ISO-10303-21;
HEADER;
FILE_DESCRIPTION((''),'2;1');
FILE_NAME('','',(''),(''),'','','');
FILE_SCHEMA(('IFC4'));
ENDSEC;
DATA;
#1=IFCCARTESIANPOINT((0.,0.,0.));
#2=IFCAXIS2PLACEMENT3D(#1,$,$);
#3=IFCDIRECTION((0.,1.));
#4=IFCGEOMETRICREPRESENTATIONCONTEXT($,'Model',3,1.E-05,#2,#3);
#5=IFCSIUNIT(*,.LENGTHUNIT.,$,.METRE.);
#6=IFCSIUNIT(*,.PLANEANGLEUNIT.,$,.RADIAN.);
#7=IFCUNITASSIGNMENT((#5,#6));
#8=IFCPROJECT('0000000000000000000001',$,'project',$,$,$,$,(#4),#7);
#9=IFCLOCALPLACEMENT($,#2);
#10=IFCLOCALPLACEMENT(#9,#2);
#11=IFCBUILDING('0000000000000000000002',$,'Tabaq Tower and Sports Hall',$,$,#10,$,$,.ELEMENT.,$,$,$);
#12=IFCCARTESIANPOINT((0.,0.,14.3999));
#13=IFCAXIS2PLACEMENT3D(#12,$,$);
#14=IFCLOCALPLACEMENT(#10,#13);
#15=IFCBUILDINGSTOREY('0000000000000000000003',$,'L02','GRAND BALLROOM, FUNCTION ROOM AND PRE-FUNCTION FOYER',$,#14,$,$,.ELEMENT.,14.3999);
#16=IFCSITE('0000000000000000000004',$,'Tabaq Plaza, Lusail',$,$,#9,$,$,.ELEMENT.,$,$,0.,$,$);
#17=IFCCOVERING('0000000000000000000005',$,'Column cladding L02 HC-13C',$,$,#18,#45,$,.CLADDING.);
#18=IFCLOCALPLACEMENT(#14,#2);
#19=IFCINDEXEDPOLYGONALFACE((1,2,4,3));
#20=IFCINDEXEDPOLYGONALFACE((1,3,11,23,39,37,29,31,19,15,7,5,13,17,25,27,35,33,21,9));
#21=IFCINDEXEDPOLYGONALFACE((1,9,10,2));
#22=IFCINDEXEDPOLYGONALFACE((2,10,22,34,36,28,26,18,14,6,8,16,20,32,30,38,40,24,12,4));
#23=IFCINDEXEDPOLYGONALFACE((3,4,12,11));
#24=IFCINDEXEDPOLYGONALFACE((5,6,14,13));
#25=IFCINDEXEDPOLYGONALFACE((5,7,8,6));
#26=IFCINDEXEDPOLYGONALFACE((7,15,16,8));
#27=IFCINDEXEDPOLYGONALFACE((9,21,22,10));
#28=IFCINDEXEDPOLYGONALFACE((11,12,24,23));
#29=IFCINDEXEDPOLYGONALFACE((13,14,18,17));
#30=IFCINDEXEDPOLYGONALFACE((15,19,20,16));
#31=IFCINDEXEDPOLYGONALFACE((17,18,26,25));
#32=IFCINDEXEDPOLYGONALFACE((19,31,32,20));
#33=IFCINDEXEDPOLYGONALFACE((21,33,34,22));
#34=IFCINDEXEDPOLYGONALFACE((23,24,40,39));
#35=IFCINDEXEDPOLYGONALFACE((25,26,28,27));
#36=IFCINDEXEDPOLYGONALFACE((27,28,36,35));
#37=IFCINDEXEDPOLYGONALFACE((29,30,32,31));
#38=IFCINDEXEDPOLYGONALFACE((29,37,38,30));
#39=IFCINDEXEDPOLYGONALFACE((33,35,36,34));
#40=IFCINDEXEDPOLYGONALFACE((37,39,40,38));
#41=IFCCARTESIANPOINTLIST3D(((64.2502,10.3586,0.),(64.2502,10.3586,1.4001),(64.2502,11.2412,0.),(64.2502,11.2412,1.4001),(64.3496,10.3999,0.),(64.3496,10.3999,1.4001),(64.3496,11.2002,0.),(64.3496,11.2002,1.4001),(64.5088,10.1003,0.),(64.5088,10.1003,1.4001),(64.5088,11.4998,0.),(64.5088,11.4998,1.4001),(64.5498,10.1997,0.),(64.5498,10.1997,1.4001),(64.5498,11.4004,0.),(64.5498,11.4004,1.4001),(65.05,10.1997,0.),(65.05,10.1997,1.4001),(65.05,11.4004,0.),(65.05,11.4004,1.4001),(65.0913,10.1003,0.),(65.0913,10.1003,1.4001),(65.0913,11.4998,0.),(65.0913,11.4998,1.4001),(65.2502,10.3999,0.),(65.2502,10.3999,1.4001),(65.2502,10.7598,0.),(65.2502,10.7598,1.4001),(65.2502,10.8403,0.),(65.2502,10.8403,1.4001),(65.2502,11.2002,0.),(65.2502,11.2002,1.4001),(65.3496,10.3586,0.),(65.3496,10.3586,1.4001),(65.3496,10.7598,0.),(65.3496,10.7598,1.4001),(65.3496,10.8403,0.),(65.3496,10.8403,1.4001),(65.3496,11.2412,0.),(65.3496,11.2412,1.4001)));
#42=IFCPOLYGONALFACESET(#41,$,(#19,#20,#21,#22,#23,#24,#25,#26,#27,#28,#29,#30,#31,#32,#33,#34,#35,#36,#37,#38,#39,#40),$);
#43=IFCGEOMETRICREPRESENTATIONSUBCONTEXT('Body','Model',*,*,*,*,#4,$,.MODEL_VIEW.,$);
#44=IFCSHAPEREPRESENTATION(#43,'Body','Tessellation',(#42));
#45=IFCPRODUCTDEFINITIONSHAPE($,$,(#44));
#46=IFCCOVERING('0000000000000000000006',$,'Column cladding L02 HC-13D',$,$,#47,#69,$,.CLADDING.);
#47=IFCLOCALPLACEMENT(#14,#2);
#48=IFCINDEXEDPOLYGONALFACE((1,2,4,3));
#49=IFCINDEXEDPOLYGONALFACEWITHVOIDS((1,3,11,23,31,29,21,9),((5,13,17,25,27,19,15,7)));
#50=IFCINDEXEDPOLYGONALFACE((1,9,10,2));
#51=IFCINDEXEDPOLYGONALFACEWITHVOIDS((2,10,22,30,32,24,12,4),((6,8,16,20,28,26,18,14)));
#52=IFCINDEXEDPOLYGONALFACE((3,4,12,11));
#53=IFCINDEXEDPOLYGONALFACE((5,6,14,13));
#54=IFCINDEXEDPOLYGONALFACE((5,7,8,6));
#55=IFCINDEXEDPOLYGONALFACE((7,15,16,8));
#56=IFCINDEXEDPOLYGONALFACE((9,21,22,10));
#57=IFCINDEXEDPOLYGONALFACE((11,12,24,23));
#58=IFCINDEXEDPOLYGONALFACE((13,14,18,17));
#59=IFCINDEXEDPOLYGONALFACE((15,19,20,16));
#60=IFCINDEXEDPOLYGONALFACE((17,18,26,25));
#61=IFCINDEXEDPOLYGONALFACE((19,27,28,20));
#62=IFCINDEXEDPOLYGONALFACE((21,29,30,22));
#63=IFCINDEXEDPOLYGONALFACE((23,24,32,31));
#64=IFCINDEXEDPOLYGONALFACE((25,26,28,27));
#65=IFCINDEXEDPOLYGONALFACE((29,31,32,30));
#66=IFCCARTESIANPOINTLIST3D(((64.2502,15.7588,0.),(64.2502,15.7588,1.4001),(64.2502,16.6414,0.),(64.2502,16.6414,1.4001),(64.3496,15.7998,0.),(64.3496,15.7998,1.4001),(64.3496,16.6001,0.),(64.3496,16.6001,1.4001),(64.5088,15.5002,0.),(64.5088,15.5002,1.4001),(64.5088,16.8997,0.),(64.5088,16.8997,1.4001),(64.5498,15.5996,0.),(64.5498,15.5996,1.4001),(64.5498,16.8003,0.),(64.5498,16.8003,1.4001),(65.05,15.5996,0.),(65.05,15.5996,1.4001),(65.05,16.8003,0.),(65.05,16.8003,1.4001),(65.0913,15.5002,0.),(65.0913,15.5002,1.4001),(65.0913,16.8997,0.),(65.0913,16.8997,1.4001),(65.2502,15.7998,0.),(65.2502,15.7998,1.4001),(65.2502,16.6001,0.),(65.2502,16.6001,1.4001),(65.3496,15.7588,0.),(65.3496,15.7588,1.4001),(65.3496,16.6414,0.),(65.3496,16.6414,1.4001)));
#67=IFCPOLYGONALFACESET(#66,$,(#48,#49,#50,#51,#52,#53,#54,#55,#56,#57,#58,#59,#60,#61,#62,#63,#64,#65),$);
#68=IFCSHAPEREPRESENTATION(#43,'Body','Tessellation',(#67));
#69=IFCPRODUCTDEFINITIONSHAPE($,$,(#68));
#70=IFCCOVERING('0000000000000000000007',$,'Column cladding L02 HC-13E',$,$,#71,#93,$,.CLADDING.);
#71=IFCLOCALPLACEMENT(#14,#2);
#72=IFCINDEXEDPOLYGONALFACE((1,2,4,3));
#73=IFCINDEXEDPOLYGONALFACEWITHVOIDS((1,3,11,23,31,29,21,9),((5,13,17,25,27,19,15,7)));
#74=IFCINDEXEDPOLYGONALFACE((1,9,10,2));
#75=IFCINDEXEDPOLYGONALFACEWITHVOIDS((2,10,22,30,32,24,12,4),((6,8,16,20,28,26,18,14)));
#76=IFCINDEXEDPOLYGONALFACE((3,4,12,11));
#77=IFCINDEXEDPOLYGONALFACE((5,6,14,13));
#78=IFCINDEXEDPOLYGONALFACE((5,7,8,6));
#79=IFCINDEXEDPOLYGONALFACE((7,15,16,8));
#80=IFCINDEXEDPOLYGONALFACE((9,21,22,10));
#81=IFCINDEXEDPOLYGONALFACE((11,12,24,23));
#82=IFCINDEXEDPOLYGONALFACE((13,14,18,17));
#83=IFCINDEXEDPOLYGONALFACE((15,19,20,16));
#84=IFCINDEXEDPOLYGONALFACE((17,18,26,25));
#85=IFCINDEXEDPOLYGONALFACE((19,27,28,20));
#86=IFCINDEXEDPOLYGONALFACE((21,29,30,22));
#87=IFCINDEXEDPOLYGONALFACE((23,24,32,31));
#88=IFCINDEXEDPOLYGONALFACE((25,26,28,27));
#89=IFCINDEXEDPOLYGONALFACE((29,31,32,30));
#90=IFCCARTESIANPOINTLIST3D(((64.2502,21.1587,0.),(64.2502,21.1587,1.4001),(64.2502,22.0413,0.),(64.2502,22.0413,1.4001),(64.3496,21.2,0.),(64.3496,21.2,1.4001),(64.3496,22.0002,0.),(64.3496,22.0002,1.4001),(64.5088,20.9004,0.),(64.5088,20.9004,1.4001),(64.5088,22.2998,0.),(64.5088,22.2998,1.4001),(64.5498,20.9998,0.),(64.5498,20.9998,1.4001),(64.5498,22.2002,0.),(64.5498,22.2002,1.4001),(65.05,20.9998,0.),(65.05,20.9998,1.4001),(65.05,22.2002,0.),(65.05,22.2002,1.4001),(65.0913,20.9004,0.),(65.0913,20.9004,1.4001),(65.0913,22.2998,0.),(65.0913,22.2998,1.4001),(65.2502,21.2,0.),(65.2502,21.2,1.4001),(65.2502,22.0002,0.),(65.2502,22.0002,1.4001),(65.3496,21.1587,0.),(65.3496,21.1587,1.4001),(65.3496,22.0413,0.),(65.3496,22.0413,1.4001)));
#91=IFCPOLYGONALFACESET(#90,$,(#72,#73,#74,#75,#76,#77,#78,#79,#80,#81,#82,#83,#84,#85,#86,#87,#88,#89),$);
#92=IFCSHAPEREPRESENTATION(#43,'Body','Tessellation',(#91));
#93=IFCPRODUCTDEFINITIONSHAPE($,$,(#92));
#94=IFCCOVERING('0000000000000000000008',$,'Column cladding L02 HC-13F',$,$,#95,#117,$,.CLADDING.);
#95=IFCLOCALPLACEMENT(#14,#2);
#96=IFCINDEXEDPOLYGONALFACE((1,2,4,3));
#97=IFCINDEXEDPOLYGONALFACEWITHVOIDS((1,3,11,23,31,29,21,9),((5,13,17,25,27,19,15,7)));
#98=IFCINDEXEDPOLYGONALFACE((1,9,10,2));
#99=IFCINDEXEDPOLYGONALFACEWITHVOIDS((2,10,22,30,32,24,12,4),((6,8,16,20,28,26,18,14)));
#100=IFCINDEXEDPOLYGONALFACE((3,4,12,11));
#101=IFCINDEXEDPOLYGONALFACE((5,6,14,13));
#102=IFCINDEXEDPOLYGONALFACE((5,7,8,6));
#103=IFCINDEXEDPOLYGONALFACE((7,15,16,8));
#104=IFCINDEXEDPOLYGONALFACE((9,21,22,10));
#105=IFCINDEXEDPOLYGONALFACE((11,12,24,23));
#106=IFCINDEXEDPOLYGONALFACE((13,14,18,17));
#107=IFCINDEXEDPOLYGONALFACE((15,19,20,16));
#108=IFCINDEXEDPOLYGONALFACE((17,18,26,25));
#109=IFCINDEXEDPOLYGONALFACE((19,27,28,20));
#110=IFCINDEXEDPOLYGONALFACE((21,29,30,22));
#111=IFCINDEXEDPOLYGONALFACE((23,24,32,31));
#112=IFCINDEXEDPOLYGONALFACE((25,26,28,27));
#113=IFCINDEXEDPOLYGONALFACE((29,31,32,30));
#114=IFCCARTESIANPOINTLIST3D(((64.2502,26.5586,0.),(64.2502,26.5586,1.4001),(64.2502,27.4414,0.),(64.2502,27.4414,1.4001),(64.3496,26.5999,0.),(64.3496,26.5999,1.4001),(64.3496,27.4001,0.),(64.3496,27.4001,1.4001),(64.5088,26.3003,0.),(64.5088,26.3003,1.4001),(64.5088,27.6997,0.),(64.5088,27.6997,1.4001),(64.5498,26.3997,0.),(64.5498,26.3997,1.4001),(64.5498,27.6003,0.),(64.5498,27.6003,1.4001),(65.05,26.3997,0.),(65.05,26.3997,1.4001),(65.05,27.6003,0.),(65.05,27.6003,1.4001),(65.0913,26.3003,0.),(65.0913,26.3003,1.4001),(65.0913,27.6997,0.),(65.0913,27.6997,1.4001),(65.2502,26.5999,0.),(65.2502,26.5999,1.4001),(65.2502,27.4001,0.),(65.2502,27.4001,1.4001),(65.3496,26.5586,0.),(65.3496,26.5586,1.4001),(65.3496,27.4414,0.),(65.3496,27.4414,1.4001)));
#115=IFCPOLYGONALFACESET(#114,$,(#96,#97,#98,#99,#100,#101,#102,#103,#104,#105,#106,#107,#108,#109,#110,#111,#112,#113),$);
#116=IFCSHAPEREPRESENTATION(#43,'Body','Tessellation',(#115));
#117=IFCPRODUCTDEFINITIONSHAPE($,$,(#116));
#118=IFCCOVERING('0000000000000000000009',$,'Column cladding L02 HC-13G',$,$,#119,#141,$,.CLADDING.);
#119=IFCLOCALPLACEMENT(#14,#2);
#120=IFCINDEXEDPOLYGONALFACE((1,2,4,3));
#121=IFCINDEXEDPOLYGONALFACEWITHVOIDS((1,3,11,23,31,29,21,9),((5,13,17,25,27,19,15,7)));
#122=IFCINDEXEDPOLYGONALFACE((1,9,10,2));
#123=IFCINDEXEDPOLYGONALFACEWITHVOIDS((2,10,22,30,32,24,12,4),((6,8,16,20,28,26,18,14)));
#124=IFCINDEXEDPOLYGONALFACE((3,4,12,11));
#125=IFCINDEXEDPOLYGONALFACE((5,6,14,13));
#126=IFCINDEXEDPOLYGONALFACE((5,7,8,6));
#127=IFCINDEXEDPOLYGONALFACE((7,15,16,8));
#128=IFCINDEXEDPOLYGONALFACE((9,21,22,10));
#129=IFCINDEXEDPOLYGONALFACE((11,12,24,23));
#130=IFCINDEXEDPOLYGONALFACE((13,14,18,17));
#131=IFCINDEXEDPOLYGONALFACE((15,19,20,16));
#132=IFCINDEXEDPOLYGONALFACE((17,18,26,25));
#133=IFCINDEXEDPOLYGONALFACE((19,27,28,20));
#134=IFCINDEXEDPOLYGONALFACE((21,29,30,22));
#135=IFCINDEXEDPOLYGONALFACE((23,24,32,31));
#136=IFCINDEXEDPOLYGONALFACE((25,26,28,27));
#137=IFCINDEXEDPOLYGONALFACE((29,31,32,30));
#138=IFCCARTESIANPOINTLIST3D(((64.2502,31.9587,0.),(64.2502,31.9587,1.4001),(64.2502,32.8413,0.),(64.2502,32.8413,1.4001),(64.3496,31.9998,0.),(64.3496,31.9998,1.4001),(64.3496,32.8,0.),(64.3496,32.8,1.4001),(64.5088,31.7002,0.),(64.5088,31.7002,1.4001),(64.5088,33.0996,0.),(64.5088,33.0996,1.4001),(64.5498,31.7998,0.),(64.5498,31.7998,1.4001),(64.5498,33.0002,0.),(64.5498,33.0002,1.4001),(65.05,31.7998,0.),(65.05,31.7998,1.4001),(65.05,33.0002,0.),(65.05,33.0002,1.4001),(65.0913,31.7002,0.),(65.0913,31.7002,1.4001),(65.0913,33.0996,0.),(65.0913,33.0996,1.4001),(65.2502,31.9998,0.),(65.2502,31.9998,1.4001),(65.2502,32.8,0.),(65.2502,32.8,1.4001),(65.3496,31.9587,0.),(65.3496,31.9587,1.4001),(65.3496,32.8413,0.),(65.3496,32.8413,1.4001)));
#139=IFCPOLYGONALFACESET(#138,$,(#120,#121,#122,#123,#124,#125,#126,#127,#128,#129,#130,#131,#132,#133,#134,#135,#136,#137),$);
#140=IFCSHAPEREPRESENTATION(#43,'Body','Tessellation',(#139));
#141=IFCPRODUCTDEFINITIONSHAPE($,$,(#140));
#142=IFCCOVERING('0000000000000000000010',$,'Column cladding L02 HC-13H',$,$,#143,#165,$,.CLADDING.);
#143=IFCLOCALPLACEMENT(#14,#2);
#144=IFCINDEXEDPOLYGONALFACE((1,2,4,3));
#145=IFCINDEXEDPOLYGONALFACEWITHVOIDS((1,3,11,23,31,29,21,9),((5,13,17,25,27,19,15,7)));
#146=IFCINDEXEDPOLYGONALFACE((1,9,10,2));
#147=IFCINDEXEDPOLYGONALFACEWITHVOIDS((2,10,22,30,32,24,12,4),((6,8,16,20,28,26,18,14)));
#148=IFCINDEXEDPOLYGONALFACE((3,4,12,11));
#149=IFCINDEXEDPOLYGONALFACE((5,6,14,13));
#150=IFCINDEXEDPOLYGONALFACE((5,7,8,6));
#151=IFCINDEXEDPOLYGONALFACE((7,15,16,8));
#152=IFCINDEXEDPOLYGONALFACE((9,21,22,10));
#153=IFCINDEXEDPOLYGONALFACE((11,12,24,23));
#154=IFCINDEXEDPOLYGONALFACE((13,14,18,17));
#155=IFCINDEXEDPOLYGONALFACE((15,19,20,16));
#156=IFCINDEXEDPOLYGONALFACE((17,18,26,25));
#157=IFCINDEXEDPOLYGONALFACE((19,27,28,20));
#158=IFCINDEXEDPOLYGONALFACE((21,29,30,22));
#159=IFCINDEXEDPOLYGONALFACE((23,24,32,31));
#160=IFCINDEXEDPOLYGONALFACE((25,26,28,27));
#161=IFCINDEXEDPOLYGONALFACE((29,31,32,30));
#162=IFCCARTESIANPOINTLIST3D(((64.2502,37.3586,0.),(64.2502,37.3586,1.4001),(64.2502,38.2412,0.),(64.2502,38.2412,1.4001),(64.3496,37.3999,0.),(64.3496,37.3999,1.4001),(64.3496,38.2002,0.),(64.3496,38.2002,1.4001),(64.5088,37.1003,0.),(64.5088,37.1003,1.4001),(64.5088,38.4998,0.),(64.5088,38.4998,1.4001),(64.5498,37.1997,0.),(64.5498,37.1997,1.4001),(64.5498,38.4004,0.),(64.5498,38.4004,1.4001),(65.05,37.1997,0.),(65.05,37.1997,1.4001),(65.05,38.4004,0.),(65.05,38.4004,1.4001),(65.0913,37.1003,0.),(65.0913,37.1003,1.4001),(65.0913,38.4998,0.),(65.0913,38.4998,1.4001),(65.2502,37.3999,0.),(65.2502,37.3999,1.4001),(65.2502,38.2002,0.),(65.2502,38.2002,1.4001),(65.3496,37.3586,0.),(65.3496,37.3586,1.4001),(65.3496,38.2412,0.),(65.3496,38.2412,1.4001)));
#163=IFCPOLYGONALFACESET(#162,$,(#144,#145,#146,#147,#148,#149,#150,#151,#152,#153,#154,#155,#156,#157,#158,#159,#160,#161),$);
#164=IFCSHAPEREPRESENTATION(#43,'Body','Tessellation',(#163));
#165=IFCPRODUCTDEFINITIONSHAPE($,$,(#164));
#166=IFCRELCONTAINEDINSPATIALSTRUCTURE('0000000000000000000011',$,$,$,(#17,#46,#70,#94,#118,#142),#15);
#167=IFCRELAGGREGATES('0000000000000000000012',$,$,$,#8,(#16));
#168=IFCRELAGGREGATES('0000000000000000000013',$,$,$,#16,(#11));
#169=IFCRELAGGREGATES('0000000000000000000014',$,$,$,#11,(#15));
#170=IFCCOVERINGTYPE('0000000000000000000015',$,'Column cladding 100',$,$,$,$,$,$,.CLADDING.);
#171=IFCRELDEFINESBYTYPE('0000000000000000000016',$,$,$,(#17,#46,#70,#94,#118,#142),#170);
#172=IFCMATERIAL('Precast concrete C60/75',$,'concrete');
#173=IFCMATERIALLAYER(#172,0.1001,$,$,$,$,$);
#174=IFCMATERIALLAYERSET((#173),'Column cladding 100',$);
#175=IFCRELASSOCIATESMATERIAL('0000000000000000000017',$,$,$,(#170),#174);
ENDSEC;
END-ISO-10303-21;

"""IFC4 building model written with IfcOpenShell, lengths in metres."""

from ifc_helpers import new_model, si_unit, direction, frame, origin, place, context, subcontext, project, spatial, polyline, outline, extrude, material, layer, layer_set, type_object, element, save


model = new_model("IFC4")

# Units and contexts
model_context = context("Model", 3, precision=1e-05, world=origin(), true_north=direction((0.0, 1.0)))
body_context = subcontext(model_context, "Body", "Model", "MODEL_VIEW")
ifc_project = project(units=[si_unit("LENGTHUNIT", "METRE"), si_unit("PLANEANGLEUNIT", "RADIAN")], contexts=[model_context])

# Site, building, storey
site_placement = place(None, origin())
site = spatial("IfcSite", under=ifc_project, at=site_placement, Name="Tabaq Plaza, Lusail", CompositionType="ELEMENT", RefElevation=0.0)
building_placement = place(site_placement, origin())
building = spatial("IfcBuilding", under=site, at=building_placement, Name="Tabaq Tower and Sports Hall", CompositionType="ELEMENT")
storey_placement = place(building_placement, frame((0.0, 0.0, 14.3999)))
storey = spatial("IfcBuildingStorey", under=building, at=storey_placement, Name="L02", Description="GRAND BALLROOM, FUNCTION ROOM AND PRE-FUNCTION FOYER", CompositionType="ELEMENT", Elevation=14.3999)

# Coverings
ifc_material_1 = material(Name="Precast concrete C60/75", Category="concrete")
ifc_layer_1 = layer(ifc_material_1, 0.1001)
ifc_layer_set_1 = layer_set([ifc_layer_1], Name="Column cladding 100")
covering_type = type_object("IfcCoveringType", Name="Column cladding 100", PredefinedType="CLADDING", material=ifc_layer_set_1)
covering_1_placement = place(storey_placement, origin())
element("IfcCovering", 1, at=covering_1_placement, inside=storey, type_object=covering_type, Name="Column cladding L02 HC-13C", PredefinedType="CLADDING", context=body_context, shape_type="SweptSolid", body=[
    extrude(outline(polyline([(64.5088, 10.1003), (64.2502, 10.3586), (64.2502, 11.2412), (64.5088, 11.4998), (65.0913, 11.4998), (65.3496, 11.2412), (65.3496, 10.8403), (65.2502, 10.8403), (65.2502, 11.2002), (65.05, 11.4004), (64.5498, 11.4004), (64.3496, 11.2002), (64.3496, 10.3999), (64.5498, 10.1997), (65.05, 10.1997), (65.2502, 10.3999), (65.2502, 10.7598), (65.3496, 10.7598), (65.3496, 10.3586), (65.0913, 10.1003), (64.5088, 10.1003)])), origin(), (0.0, 0.0, 1.0), 1.4001),
])
covering_2_placement = place(storey_placement, origin())
element("IfcCovering", 2, at=covering_2_placement, inside=storey, type_object=covering_type, Name="Column cladding L02 HC-13D", PredefinedType="CLADDING", context=body_context, shape_type="SweptSolid", body=[
    extrude(outline(polyline([(65.0913, 15.5002), (64.5088, 15.5002), (64.2502, 15.7588), (64.2502, 16.6414), (64.5088, 16.8997), (65.0913, 16.8997), (65.3496, 16.6414), (65.3496, 15.7588), (65.0913, 15.5002)]), holes=[polyline([(65.2502, 16.6001), (65.05, 16.8003), (64.5498, 16.8003), (64.3496, 16.6001), (64.3496, 15.7998), (64.5498, 15.5996), (65.05, 15.5996), (65.2502, 15.7998), (65.2502, 16.6001)])]), origin(), (0.0, 0.0, 1.0), 1.4001),
])
covering_3_placement = place(storey_placement, origin())
element("IfcCovering", 3, at=covering_3_placement, inside=storey, type_object=covering_type, Name="Column cladding L02 HC-13E", PredefinedType="CLADDING", context=body_context, shape_type="SweptSolid", body=[
    extrude(outline(polyline([(65.0913, 20.9004), (64.5088, 20.9004), (64.2502, 21.1587), (64.2502, 22.0413), (64.5088, 22.2998), (65.0913, 22.2998), (65.3496, 22.0413), (65.3496, 21.1587), (65.0913, 20.9004)]), holes=[polyline([(65.2502, 22.0002), (65.05, 22.2002), (64.5498, 22.2002), (64.3496, 22.0002), (64.3496, 21.2), (64.5498, 20.9998), (65.05, 20.9998), (65.2502, 21.2), (65.2502, 22.0002)])]), origin(), (0.0, 0.0, 1.0), 1.4001),
])
covering_4_placement = place(storey_placement, origin())
element("IfcCovering", 4, at=covering_4_placement, inside=storey, type_object=covering_type, Name="Column cladding L02 HC-13F", PredefinedType="CLADDING", context=body_context, shape_type="SweptSolid", body=[
    extrude(outline(polyline([(65.0913, 26.3003), (64.5088, 26.3003), (64.2502, 26.5586), (64.2502, 27.4414), (64.5088, 27.6997), (65.0913, 27.6997), (65.3496, 27.4414), (65.3496, 26.5586), (65.0913, 26.3003)]), holes=[polyline([(65.2502, 27.4001), (65.05, 27.6003), (64.5498, 27.6003), (64.3496, 27.4001), (64.3496, 26.5999), (64.5498, 26.3997), (65.05, 26.3997), (65.2502, 26.5999), (65.2502, 27.4001)])]), origin(), (0.0, 0.0, 1.0), 1.4001),
])
covering_5_placement = place(storey_placement, origin())
element("IfcCovering", 5, at=covering_5_placement, inside=storey, type_object=covering_type, Name="Column cladding L02 HC-13G", PredefinedType="CLADDING", context=body_context, shape_type="SweptSolid", body=[
    extrude(outline(polyline([(65.0913, 31.7002), (64.5088, 31.7002), (64.2502, 31.9587), (64.2502, 32.8413), (64.5088, 33.0996), (65.0913, 33.0996), (65.3496, 32.8413), (65.3496, 31.9587), (65.0913, 31.7002)]), holes=[polyline([(65.2502, 32.8), (65.05, 33.0002), (64.5498, 33.0002), (64.3496, 32.8), (64.3496, 31.9998), (64.5498, 31.7998), (65.05, 31.7998), (65.2502, 31.9998), (65.2502, 32.8)])]), origin(), (0.0, 0.0, 1.0), 1.4001),
])
covering_6_placement = place(storey_placement, origin())
element("IfcCovering", 6, at=covering_6_placement, inside=storey, type_object=covering_type, Name="Column cladding L02 HC-13H", PredefinedType="CLADDING", context=body_context, shape_type="SweptSolid", body=[
    extrude(outline(polyline([(65.0913, 37.1003), (64.5088, 37.1003), (64.2502, 37.3586), (64.2502, 38.2412), (64.5088, 38.4998), (65.0913, 38.4998), (65.3496, 38.2412), (65.3496, 37.3586), (65.0913, 37.1003)]), holes=[polyline([(65.2502, 38.2002), (65.05, 38.4004), (64.5498, 38.4004), (64.3496, 38.2002), (64.3496, 37.3999), (64.5498, 37.1997), (65.05, 37.1997), (65.2502, 37.3999), (65.2502, 38.2002)])]), origin(), (0.0, 0.0, 1.0), 1.4001),
])

save(model, "model.ifc")
